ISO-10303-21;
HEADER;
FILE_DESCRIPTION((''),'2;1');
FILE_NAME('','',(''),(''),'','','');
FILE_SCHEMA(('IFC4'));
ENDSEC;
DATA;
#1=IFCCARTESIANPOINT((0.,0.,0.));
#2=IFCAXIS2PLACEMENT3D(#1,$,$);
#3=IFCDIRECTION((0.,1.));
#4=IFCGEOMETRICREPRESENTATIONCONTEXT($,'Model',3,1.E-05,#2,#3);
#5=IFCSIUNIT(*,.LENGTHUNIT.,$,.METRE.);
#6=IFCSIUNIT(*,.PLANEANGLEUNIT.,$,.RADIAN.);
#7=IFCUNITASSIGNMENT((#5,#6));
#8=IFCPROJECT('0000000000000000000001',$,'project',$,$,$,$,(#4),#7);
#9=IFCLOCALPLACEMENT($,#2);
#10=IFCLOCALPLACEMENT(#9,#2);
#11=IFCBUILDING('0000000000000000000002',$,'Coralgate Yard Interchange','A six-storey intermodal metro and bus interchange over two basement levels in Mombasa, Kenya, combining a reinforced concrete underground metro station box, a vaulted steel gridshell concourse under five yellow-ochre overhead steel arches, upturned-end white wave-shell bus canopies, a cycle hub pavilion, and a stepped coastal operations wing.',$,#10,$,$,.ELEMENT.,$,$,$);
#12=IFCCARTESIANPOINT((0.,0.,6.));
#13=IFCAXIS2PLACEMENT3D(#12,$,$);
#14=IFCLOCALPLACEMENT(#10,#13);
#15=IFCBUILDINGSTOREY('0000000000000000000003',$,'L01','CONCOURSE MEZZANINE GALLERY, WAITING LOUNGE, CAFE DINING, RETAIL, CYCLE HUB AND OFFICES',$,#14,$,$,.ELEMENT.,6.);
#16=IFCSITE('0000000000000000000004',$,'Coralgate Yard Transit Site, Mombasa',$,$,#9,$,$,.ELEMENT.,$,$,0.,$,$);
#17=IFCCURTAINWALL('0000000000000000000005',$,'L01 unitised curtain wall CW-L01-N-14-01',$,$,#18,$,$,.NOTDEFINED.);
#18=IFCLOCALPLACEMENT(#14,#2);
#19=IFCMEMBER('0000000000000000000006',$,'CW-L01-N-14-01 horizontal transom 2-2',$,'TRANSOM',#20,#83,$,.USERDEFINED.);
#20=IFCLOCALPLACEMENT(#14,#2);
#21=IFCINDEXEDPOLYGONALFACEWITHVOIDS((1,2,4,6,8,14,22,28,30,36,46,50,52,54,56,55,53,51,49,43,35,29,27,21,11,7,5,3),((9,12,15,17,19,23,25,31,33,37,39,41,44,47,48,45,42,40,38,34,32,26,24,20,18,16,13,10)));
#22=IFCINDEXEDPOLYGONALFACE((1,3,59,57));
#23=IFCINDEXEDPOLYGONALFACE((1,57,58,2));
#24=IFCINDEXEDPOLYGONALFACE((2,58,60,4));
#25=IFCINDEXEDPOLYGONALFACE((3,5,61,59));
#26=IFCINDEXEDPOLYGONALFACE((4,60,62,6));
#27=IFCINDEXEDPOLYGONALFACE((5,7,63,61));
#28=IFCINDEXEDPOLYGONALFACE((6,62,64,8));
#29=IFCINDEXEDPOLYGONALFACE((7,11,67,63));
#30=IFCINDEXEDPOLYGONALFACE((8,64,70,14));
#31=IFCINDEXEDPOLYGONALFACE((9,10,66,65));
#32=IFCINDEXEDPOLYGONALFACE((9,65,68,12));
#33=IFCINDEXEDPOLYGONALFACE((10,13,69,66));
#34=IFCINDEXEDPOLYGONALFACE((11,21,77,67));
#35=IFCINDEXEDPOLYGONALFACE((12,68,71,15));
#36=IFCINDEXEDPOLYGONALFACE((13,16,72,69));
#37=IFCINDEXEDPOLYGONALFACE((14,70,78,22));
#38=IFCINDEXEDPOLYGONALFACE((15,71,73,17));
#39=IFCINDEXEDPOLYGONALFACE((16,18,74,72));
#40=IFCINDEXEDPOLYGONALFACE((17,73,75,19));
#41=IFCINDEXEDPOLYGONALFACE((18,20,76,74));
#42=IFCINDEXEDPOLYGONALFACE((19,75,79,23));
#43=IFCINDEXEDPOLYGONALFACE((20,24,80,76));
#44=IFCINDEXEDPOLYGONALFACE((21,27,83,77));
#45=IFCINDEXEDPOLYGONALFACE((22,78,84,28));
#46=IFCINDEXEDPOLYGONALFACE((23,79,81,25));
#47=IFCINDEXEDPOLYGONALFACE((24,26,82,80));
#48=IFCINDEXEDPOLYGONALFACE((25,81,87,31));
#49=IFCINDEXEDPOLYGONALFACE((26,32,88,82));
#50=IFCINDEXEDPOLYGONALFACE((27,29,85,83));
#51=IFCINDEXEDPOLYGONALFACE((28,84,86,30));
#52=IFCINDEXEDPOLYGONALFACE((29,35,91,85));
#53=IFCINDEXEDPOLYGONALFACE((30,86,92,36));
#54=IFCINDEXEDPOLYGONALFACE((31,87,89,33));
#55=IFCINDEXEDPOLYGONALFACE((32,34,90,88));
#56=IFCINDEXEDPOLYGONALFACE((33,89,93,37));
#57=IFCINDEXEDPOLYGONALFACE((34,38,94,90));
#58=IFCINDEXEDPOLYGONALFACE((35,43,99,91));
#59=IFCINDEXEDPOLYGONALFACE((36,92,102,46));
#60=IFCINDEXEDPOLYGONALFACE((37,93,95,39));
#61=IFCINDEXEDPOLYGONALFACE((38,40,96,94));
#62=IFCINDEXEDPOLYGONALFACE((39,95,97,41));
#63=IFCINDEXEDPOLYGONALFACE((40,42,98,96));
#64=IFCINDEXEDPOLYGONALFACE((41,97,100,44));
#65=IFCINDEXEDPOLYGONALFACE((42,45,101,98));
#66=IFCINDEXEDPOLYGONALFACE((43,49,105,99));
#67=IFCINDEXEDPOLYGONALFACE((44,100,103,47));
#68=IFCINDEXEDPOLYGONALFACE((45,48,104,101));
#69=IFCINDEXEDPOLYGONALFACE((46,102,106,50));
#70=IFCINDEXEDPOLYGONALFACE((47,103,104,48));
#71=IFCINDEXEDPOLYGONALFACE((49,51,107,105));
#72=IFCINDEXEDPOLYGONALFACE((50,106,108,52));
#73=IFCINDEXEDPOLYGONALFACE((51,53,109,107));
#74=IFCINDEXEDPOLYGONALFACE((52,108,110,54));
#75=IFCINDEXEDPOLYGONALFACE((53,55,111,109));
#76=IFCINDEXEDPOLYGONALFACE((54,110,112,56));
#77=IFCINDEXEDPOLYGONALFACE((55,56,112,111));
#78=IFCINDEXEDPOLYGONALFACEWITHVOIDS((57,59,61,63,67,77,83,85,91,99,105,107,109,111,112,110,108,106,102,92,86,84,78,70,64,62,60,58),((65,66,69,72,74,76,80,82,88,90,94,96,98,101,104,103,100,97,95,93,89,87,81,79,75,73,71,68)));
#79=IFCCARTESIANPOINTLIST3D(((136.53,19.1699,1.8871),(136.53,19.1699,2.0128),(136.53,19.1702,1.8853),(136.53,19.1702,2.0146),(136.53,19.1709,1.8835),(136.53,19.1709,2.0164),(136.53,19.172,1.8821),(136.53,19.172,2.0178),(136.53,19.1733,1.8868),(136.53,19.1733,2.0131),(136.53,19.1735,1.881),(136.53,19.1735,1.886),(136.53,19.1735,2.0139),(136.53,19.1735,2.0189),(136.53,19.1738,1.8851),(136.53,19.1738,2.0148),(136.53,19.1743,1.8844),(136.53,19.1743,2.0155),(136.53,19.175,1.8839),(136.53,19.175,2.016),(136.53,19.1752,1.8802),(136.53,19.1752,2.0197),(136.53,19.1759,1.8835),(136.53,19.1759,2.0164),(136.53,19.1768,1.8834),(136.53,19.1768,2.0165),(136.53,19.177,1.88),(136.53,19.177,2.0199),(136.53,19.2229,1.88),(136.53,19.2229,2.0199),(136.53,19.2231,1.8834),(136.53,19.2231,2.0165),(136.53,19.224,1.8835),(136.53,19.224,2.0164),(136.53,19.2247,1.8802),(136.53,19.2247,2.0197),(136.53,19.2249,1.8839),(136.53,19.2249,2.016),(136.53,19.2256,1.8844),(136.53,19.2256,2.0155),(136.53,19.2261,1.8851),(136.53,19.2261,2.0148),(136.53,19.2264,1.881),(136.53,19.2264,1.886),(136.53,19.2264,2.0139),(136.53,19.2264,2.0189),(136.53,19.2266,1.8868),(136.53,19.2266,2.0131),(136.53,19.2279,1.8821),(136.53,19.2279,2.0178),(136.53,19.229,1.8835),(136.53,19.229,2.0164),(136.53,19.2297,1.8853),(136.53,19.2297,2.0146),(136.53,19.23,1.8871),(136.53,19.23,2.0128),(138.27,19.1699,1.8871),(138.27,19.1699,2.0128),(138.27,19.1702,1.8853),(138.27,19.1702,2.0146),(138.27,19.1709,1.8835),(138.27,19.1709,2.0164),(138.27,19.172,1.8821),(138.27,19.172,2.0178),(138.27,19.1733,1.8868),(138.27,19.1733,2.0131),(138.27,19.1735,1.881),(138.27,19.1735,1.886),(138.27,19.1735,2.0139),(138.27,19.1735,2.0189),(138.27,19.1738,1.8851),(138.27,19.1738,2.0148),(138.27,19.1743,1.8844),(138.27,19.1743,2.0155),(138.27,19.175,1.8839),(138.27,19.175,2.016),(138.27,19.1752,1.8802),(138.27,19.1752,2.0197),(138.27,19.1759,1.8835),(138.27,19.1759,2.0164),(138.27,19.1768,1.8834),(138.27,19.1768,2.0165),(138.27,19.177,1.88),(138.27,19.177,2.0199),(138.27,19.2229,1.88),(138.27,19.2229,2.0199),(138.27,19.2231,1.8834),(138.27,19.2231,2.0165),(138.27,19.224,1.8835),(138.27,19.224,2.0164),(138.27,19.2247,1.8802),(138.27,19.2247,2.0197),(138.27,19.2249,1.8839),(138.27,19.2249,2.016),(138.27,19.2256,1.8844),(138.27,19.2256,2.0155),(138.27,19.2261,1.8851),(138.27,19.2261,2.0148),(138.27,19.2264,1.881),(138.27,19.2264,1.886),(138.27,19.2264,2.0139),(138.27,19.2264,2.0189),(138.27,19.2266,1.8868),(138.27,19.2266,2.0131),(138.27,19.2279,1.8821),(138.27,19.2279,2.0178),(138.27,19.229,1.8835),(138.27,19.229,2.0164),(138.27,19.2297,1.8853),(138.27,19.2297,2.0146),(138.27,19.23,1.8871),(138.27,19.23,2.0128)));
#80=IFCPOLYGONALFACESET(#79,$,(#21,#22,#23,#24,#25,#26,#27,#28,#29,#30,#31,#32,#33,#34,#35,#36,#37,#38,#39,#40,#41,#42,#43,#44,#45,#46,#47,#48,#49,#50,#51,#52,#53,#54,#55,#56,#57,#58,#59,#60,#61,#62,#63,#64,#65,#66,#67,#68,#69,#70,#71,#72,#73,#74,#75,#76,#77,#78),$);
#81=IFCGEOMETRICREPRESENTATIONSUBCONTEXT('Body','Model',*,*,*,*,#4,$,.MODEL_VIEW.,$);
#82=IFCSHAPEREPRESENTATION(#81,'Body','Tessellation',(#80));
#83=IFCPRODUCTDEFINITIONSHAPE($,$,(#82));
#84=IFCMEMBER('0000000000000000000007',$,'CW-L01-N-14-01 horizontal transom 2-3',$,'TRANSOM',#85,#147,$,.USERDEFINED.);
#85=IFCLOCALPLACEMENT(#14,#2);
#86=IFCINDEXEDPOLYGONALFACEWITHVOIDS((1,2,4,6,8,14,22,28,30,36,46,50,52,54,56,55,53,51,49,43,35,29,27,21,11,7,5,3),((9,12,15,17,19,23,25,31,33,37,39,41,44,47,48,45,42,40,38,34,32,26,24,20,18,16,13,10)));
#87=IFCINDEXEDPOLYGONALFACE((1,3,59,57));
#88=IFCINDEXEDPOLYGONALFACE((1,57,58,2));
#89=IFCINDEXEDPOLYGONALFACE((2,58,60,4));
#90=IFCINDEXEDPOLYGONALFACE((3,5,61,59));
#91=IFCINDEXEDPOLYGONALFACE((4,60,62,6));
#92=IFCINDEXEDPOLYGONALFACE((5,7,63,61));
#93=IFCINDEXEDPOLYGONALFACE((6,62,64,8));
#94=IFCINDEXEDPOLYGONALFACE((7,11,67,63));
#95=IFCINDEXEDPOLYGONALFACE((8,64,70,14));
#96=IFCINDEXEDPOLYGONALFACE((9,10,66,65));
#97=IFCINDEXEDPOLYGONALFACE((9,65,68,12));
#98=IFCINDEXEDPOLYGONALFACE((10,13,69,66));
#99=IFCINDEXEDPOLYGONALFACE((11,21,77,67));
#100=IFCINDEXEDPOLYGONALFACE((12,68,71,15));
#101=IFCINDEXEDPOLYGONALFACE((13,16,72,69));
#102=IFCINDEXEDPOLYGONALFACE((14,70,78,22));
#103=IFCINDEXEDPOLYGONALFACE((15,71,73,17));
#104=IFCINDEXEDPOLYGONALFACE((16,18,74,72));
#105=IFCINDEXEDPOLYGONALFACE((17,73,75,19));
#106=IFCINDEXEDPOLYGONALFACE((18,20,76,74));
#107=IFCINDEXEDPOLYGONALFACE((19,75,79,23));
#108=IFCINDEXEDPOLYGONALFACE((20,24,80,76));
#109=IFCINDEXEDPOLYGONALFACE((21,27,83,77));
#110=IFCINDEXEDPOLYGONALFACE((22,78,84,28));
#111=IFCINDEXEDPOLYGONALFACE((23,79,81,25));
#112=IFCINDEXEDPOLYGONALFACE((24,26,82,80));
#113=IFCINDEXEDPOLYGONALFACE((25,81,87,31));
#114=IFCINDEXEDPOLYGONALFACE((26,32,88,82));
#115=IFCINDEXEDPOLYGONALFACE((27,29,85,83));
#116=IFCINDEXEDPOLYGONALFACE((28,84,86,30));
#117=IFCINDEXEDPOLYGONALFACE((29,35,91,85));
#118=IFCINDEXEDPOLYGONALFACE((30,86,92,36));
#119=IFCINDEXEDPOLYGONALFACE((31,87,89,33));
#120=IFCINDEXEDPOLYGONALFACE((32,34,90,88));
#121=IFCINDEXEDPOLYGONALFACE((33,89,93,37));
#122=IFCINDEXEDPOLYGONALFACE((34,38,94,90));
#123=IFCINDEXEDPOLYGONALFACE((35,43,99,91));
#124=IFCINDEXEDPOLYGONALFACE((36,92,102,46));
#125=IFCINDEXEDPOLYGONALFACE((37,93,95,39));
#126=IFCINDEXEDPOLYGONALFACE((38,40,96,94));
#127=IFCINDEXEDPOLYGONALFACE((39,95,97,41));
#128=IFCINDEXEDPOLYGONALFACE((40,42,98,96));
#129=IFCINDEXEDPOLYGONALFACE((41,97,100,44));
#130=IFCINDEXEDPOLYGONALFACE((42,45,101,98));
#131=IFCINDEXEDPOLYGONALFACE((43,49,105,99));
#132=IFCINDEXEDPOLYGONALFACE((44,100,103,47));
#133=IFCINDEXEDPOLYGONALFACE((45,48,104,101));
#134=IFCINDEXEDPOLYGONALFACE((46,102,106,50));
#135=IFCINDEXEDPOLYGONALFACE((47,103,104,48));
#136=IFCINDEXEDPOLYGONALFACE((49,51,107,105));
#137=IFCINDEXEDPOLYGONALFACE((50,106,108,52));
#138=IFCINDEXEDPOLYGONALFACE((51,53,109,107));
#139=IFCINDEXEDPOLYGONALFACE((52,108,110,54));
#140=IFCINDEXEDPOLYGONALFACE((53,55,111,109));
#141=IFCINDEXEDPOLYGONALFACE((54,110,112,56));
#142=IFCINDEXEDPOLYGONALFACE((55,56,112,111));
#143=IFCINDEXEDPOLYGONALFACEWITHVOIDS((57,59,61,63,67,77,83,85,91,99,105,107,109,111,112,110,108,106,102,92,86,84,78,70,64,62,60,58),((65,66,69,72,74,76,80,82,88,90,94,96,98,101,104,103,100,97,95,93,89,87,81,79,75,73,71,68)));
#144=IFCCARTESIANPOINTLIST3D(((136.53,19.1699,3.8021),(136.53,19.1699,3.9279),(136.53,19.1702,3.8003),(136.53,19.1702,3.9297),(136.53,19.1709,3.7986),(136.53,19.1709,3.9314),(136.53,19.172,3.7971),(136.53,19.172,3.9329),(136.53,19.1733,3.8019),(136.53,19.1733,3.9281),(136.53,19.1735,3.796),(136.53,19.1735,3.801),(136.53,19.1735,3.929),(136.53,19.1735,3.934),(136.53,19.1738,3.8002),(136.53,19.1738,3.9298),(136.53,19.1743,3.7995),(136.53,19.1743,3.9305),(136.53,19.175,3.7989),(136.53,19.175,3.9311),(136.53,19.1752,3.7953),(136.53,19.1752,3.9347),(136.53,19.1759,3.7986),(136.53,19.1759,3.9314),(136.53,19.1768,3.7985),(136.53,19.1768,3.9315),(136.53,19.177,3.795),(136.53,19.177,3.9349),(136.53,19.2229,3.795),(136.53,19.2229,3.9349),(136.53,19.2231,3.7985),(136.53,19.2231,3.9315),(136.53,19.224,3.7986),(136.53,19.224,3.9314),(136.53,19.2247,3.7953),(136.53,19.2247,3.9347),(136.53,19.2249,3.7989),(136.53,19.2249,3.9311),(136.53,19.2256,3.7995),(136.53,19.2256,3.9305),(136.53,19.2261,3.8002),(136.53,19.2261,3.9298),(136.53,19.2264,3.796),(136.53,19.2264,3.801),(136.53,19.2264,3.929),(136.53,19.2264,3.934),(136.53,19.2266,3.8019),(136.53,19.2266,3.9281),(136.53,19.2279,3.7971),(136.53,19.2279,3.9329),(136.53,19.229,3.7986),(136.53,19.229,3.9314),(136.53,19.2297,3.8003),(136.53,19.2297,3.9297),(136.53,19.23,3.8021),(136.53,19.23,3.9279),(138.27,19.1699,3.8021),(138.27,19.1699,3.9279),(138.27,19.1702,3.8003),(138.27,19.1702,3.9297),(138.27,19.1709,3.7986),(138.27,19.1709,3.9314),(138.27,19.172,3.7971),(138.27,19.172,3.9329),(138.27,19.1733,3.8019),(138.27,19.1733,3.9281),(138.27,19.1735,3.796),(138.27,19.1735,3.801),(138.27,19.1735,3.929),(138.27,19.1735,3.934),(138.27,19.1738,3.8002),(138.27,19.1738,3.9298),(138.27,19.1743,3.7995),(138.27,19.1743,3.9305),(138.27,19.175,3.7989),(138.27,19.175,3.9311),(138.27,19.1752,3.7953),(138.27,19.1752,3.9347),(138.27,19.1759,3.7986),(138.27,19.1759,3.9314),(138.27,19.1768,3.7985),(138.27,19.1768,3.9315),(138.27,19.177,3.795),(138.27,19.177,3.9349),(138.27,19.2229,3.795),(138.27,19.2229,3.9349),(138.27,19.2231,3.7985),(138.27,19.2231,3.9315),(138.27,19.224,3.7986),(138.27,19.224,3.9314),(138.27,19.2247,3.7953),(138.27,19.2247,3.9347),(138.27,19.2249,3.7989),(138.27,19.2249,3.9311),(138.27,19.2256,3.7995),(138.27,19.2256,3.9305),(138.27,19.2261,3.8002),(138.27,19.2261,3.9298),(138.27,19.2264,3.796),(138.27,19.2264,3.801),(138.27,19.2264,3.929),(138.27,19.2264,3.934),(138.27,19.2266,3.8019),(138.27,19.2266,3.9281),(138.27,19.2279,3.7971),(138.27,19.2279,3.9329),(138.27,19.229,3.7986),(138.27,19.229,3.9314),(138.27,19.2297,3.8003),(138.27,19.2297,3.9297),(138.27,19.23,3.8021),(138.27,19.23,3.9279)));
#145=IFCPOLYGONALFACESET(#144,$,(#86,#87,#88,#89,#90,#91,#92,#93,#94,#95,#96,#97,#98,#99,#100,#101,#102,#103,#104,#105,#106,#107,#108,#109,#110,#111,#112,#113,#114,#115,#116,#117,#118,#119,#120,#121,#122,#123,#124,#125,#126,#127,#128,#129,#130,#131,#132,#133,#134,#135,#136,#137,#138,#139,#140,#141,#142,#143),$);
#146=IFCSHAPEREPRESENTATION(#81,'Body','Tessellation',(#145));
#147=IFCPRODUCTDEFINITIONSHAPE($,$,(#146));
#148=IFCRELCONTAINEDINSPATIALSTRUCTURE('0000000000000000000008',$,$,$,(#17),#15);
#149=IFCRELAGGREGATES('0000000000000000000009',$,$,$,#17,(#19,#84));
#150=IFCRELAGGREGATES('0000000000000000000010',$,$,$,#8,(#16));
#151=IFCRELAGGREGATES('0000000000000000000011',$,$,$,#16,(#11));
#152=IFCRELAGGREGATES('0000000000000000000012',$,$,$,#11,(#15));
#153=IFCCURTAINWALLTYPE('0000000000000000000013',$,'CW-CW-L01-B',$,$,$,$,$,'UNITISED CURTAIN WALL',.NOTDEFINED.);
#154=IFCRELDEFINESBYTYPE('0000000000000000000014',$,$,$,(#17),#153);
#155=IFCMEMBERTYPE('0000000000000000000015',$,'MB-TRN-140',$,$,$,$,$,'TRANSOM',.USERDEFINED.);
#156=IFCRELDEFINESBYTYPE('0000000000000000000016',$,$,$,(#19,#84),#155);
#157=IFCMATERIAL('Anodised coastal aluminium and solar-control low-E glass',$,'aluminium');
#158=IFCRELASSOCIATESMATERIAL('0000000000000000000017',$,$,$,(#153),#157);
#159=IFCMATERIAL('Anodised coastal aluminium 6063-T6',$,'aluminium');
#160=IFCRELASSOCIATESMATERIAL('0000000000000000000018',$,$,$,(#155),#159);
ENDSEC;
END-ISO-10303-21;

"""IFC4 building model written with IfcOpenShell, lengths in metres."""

from ifc_helpers import new_model, si_unit, direction, frame, origin, origin_2d, place, context, subcontext, project, spatial, hollow_rectangle, extrude, material, material_profile, profile_set, type_object, element, aggregate, save


model = new_model("IFC4")

# Units and contexts
model_context = context("Model", 3, precision=1e-05, world=origin(), true_north=direction((0.0, 1.0)))
body_context = subcontext(model_context, "Body", "Model", "MODEL_VIEW")
ifc_project = project(units=[si_unit("LENGTHUNIT", "METRE"), si_unit("PLANEANGLEUNIT", "RADIAN")], contexts=[model_context])

# Site, building, storey
site_placement = place(None, origin())
site = spatial("IfcSite", under=ifc_project, at=site_placement, Name="Coralgate Yard Transit Site, Mombasa", CompositionType="ELEMENT", RefElevation=0.0)
building_placement = place(site_placement, origin())
building = spatial("IfcBuilding", under=site, at=building_placement, Name="Coralgate Yard Interchange", Description="A six-storey intermodal metro and bus interchange over two basement levels in Mombasa, Kenya, combining a reinforced concrete underground metro station box, a vaulted steel gridshell concourse under five yellow-ochre overhead steel arches, upturned-end white wave-shell bus canopies, a cycle hub pavilion, and a stepped coastal operations wing.", CompositionType="ELEMENT")
storey_placement = place(building_placement, frame((0.0, 0.0, 6.0)))
storey = spatial("IfcBuildingStorey", under=building, at=storey_placement, Name="L01", Description="CONCOURSE MEZZANINE GALLERY, WAITING LOUNGE, CAFE DINING, RETAIL, CYCLE HUB AND OFFICES", CompositionType="ELEMENT", Elevation=6.0)

# Curtain wall
ifc_material_1 = material(Name="Anodised coastal aluminium and solar-control low-E glass", Category="aluminium")
ifc_material_2 = material(Name="Anodised coastal aluminium 6063-T6", Category="aluminium")
curtain_wall_type_1 = type_object("IfcCurtainWallType", Name="CW-CW-L01-B", ElementType="UNITISED CURTAIN WALL", PredefinedType="NOTDEFINED", material=ifc_material_1)
curtain_wall_1_placement = place(storey_placement, origin())
curtain_wall_1 = element("IfcCurtainWall", 1, at=curtain_wall_1_placement, inside=storey, type_object=curtain_wall_type_1, Name="L01 unitised curtain wall CW-L01-N-14-01", PredefinedType="NOTDEFINED")

# Members
ifc_material_profile_1 = material_profile(ifc_material_2, hollow_rectangle(XDim=0.0601, YDim=0.1399, WallThickness=0.0034, InnerFilletRadius=0.0034, OuterFilletRadius=0.0071, at=origin_2d()), Name="ALU 60x140x3.5")
ifc_profile_set_1 = profile_set([ifc_material_profile_1], Name="Anodised coastal aluminium 6063-T6")
member_type_1 = type_object("IfcMemberType", Name="MB-TRN-140", ElementType="TRANSOM", PredefinedType="USERDEFINED", material=ifc_profile_set_1)
member_1_placement = place(storey_placement, frame((136.53, 19.2, 1.95), z_axis=(1.0, 0.0, 0.0), x_axis=(0.0, 1.0, 0.0)))
member_1 = element("IfcMember", 2, at=member_1_placement, type_object=member_type_1, Name="CW-L01-N-14-01 horizontal transom 2-2", ObjectType="TRANSOM", PredefinedType="USERDEFINED", context=body_context, shape_type="SweptSolid", body=[
    extrude(hollow_rectangle(XDim=0.0601, YDim=0.1399, WallThickness=0.0034, InnerFilletRadius=0.0034, OuterFilletRadius=0.0071, at=origin_2d()), origin(), (0.0, 0.0, 1.0), 1.74),
])
member_2_placement = place(storey_placement, frame((136.53, 19.2, 3.865), z_axis=(1.0, 0.0, 0.0), x_axis=(0.0, 1.0, 0.0)))
member_2 = element("IfcMember", 3, at=member_2_placement, type_object=member_type_1, Name="CW-L01-N-14-01 horizontal transom 2-3", ObjectType="TRANSOM", PredefinedType="USERDEFINED", context=body_context, shape_type="SweptSolid", body=[
    extrude(hollow_rectangle(XDim=0.0601, YDim=0.1399, WallThickness=0.0034, InnerFilletRadius=0.0034, OuterFilletRadius=0.0071, at=origin_2d()), origin(), (0.0, 0.0, 1.0), 1.74),
])

aggregate(curtain_wall_1, [member_1, member_2])

save(model, "model.ifc")
